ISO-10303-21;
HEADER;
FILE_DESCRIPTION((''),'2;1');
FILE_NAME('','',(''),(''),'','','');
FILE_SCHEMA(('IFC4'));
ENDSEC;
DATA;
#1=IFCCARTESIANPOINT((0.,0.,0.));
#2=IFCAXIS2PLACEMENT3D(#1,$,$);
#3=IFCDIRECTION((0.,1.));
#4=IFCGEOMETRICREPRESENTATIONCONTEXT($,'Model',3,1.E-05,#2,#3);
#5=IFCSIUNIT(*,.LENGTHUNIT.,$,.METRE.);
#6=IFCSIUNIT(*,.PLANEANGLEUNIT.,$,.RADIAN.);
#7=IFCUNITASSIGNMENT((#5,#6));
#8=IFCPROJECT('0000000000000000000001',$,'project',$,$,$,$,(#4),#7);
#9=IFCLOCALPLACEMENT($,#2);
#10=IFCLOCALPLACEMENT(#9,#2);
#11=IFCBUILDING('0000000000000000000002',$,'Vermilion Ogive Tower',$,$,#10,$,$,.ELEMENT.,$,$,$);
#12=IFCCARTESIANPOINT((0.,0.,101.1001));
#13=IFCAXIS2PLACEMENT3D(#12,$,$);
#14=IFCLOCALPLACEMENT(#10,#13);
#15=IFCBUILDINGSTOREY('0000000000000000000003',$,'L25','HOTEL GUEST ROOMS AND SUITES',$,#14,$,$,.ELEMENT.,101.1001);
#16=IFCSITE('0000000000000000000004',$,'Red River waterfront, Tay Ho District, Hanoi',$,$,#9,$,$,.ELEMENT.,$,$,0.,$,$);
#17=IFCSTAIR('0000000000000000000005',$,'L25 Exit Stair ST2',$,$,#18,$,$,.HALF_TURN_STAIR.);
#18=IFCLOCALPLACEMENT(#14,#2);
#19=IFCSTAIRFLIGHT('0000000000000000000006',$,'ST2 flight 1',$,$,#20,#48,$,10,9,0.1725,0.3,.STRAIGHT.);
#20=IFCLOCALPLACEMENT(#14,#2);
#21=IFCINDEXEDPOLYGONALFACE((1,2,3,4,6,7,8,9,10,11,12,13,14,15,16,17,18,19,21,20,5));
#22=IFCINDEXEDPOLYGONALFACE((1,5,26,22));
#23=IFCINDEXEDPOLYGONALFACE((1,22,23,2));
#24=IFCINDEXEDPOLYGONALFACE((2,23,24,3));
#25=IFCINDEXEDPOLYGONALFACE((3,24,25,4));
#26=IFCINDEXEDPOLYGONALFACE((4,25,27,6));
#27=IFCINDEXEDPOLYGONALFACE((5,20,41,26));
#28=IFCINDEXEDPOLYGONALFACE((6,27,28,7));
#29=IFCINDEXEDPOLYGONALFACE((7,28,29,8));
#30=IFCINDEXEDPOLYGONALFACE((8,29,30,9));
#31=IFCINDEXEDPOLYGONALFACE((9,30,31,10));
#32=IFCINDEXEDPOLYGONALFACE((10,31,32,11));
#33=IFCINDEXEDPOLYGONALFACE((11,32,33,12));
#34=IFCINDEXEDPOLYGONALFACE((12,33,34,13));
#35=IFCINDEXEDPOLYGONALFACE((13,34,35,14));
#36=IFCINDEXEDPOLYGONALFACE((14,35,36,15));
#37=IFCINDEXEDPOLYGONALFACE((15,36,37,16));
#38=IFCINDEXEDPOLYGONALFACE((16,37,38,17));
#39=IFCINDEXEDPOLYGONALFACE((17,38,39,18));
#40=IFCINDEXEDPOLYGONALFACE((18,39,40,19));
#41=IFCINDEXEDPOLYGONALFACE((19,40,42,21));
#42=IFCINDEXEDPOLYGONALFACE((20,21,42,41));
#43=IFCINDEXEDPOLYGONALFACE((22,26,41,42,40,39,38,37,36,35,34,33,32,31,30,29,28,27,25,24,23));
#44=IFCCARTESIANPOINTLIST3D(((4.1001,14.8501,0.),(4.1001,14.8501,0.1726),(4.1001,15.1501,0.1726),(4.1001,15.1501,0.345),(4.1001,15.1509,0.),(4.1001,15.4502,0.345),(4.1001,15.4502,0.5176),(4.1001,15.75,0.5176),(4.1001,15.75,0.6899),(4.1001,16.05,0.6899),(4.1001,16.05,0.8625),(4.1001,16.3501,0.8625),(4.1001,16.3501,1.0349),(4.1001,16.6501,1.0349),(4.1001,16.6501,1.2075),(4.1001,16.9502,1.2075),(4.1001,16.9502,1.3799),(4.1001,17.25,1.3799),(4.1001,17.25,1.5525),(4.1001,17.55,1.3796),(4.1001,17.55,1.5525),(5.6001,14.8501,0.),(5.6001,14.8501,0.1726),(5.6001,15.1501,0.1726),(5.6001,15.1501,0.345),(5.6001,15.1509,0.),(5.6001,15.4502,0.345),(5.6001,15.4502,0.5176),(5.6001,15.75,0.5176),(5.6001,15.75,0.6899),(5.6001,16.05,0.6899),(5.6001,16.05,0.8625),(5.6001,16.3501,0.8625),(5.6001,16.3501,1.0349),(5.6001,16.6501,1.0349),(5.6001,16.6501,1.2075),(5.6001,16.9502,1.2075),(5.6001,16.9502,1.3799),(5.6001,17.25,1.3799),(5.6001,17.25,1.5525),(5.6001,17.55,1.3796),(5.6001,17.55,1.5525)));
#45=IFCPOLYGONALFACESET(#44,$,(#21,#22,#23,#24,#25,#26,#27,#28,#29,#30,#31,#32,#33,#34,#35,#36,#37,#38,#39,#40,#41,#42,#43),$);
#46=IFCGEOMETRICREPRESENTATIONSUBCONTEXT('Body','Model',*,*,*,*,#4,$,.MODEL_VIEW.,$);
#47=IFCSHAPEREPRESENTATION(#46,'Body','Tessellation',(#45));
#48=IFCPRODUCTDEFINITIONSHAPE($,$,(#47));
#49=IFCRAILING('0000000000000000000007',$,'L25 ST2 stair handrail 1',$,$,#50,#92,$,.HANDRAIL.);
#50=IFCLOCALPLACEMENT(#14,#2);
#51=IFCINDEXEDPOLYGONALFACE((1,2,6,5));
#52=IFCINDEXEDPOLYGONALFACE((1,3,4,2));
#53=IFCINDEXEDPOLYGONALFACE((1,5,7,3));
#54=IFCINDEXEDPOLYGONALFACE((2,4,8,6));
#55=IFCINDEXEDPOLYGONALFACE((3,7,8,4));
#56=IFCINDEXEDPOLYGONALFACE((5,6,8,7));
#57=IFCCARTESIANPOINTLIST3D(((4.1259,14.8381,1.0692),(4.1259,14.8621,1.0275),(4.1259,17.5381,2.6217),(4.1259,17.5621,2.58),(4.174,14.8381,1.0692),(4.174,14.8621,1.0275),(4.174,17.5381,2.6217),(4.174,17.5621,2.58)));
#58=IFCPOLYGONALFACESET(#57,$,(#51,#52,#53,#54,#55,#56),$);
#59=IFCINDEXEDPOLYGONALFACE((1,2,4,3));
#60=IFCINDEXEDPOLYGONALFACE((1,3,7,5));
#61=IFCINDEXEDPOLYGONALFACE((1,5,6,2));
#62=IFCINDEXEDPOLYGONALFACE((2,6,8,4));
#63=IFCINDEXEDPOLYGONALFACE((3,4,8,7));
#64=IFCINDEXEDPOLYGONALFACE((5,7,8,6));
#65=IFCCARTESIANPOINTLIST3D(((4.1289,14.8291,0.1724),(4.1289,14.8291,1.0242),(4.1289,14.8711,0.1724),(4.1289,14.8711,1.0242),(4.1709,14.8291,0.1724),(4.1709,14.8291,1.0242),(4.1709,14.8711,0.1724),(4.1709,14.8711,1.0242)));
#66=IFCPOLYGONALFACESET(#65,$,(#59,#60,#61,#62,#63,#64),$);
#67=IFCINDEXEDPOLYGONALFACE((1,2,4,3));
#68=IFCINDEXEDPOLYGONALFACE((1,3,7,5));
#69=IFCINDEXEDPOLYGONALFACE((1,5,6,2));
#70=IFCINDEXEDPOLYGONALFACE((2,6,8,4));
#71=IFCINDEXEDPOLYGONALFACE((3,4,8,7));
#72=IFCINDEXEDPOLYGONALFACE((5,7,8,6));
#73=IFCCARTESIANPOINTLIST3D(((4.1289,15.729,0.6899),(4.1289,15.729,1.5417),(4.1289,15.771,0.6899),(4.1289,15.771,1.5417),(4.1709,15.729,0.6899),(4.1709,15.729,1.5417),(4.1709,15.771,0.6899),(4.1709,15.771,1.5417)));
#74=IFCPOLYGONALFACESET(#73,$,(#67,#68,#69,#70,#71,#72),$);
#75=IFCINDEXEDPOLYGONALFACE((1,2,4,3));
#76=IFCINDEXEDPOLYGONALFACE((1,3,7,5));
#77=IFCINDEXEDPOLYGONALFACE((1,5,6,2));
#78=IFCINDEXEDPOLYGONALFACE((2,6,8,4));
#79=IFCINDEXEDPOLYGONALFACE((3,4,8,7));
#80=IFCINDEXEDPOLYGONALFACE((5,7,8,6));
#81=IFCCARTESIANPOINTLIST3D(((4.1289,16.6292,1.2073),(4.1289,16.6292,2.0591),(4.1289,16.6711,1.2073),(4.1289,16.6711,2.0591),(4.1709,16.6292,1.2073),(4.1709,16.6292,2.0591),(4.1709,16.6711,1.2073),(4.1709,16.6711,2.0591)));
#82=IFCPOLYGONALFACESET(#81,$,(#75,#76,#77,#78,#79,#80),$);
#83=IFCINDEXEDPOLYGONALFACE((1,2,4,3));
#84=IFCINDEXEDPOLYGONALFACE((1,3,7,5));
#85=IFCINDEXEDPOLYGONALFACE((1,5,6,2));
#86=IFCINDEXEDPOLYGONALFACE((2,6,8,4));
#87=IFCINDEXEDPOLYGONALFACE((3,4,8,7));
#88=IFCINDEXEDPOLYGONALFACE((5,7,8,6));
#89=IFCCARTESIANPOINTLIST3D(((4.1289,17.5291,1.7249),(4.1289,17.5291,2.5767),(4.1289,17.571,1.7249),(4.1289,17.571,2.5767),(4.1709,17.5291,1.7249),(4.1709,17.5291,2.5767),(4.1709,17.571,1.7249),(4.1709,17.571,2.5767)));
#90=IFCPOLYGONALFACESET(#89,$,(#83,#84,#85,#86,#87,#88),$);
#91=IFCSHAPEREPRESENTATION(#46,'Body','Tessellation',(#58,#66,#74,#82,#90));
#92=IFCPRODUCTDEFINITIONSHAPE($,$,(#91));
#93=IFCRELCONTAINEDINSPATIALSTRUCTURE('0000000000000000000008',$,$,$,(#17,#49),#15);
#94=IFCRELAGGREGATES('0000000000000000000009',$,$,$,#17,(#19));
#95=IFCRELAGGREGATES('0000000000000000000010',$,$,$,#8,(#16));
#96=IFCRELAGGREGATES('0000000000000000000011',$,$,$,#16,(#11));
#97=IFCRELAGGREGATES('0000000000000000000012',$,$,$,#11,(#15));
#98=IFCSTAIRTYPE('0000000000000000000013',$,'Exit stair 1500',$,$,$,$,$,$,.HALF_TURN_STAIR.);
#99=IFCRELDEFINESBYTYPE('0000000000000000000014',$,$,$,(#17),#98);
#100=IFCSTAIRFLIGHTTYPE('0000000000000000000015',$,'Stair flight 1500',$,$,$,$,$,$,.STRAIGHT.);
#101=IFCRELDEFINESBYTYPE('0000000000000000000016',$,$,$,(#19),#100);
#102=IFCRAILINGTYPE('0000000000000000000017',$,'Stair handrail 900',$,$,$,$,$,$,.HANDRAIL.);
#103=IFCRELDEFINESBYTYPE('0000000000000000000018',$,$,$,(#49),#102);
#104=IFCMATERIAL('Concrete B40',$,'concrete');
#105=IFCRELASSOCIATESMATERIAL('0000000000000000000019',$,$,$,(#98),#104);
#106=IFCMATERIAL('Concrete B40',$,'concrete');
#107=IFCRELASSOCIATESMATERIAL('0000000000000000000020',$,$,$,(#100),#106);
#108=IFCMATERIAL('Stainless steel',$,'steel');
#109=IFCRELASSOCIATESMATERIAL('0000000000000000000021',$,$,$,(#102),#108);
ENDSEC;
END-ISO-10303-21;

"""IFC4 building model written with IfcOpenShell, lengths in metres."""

from ifc_helpers import new_model, si_unit, direction, frame, origin, origin_2d, place, context, subcontext, project, spatial, polyline, rectangle, outline, extrude, material, type_object, element, aggregate, save


model = new_model("IFC4")

# Units and contexts
model_context = context("Model", 3, precision=1e-05, world=origin(), true_north=direction((0.0, 1.0)))
body_context = subcontext(model_context, "Body", "Model", "MODEL_VIEW")
ifc_project = project(units=[si_unit("LENGTHUNIT", "METRE"), si_unit("PLANEANGLEUNIT", "RADIAN")], contexts=[model_context])

# Site, building, storey
site_placement = place(None, origin())
site = spatial("IfcSite", under=ifc_project, at=site_placement, Name="Red River waterfront, Tay Ho District, Hanoi", CompositionType="ELEMENT", RefElevation=0.0)
building_placement = place(site_placement, origin())
building = spatial("IfcBuilding", under=site, at=building_placement, Name="Vermilion Ogive Tower", CompositionType="ELEMENT")
storey_placement = place(building_placement, frame((0.0, 0.0, 101.1001)))
storey = spatial("IfcBuildingStorey", under=building, at=storey_placement, Name="L25", Description="HOTEL GUEST ROOMS AND SUITES", CompositionType="ELEMENT", Elevation=101.1001)

# Stair, stair flight
ifc_material_1 = material(Name="Concrete B40", Category="concrete")
stair_type = type_object("IfcStairType", Name="Exit stair 1500", PredefinedType="HALF_TURN_STAIR", material=ifc_material_1)
stair_placement = place(storey_placement, origin())
stair = element("IfcStair", 1, at=stair_placement, inside=storey, type_object=stair_type, Name="L25 Exit Stair ST2", PredefinedType="HALF_TURN_STAIR")
ifc_material_2 = material(Name="Concrete B40", Category="concrete")
stair_flight_type = type_object("IfcStairFlightType", Name="Stair flight 1500", PredefinedType="STRAIGHT", material=ifc_material_2)
stair_flight_placement = place(storey_placement, frame((4.8501, 14.8501, 0.0), z_axis=(0.0, 0.0, 1.0), x_axis=(0.0, 1.0, 0.0)))
stair_flight = element("IfcStairFlight", 2, at=stair_flight_placement, type_object=stair_flight_type, Name="ST2 flight 1", NumberOfRisers=10, NumberOfTreads=9, PredefinedType="STRAIGHT", RiserHeight=0.1725, TreadLength=0.3, context=body_context, shape_type="SweptSolid", body=[
    extrude(outline(polyline([(0.0, 0.0), (0.0, 0.1726), (0.3, 0.1726), (0.3, 0.345), (0.6001, 0.345), (0.6001, 0.5176), (0.8999, 0.5176), (0.8999, 0.6899), (1.2, 0.6899), (1.2, 0.8625), (1.5, 0.8625), (1.5, 1.0349), (1.8, 1.0349), (1.8, 1.2075), (2.1001, 1.2075), (2.1001, 1.3799), (2.3999, 1.3799), (2.3999, 1.5525), (2.7, 1.5525), (2.7, 1.7251), (2.7, 1.3796), (0.3008, 0.0), (0.0, 0.0)])), frame((0.0, 0.75, 0.0), z_axis=(0.0, -1.0, 0.0), x_axis=(1.0, 0.0, 0.0)), (0.0, 0.0, 1.0), 1.5),
])
aggregate(stair, [stair_flight])

# Railing
ifc_material_3 = material(Name="Stainless steel", Category="steel")
railing_type = type_object("IfcRailingType", Name="Stair handrail 900", PredefinedType="HANDRAIL", material=ifc_material_3)
railing_placement = place(storey_placement, frame((4.1499, 14.8501, 0.1724)))
element("IfcRailing", 3, at=railing_placement, inside=storey, type_object=railing_type, Name="L25 ST2 stair handrail 1", PredefinedType="HANDRAIL", context=body_context, shape_type="SweptSolid", body=[
    extrude(rectangle(XDim=0.0481, YDim=0.0481, at=origin_2d()), frame((0.0, 0.0, 0.876), z_axis=(0.0, 0.866904, 0.498476), x_axis=(-1.0, 0.0, 0.0)), (0.0, 0.0, 1.0), 3.1145),
    extrude(rectangle(XDim=0.042, YDim=0.042, at=origin_2d()), origin(), (0.0, 0.0, 1.0), 0.8518),
    extrude(rectangle(XDim=0.042, YDim=0.042, at=origin_2d()), frame((0.0, 0.8999, 0.5176)), (0.0, 0.0, 1.0), 0.8518),
    extrude(rectangle(XDim=0.042, YDim=0.042, at=origin_2d()), frame((0.0, 1.8, 1.0349)), (0.0, 0.0, 1.0), 0.8518),
    extrude(rectangle(XDim=0.042, YDim=0.042, at=origin_2d()), frame((0.0, 2.7, 1.5525)), (0.0, 0.0, 1.0), 0.8518),
])

save(model, "model.ifc")
